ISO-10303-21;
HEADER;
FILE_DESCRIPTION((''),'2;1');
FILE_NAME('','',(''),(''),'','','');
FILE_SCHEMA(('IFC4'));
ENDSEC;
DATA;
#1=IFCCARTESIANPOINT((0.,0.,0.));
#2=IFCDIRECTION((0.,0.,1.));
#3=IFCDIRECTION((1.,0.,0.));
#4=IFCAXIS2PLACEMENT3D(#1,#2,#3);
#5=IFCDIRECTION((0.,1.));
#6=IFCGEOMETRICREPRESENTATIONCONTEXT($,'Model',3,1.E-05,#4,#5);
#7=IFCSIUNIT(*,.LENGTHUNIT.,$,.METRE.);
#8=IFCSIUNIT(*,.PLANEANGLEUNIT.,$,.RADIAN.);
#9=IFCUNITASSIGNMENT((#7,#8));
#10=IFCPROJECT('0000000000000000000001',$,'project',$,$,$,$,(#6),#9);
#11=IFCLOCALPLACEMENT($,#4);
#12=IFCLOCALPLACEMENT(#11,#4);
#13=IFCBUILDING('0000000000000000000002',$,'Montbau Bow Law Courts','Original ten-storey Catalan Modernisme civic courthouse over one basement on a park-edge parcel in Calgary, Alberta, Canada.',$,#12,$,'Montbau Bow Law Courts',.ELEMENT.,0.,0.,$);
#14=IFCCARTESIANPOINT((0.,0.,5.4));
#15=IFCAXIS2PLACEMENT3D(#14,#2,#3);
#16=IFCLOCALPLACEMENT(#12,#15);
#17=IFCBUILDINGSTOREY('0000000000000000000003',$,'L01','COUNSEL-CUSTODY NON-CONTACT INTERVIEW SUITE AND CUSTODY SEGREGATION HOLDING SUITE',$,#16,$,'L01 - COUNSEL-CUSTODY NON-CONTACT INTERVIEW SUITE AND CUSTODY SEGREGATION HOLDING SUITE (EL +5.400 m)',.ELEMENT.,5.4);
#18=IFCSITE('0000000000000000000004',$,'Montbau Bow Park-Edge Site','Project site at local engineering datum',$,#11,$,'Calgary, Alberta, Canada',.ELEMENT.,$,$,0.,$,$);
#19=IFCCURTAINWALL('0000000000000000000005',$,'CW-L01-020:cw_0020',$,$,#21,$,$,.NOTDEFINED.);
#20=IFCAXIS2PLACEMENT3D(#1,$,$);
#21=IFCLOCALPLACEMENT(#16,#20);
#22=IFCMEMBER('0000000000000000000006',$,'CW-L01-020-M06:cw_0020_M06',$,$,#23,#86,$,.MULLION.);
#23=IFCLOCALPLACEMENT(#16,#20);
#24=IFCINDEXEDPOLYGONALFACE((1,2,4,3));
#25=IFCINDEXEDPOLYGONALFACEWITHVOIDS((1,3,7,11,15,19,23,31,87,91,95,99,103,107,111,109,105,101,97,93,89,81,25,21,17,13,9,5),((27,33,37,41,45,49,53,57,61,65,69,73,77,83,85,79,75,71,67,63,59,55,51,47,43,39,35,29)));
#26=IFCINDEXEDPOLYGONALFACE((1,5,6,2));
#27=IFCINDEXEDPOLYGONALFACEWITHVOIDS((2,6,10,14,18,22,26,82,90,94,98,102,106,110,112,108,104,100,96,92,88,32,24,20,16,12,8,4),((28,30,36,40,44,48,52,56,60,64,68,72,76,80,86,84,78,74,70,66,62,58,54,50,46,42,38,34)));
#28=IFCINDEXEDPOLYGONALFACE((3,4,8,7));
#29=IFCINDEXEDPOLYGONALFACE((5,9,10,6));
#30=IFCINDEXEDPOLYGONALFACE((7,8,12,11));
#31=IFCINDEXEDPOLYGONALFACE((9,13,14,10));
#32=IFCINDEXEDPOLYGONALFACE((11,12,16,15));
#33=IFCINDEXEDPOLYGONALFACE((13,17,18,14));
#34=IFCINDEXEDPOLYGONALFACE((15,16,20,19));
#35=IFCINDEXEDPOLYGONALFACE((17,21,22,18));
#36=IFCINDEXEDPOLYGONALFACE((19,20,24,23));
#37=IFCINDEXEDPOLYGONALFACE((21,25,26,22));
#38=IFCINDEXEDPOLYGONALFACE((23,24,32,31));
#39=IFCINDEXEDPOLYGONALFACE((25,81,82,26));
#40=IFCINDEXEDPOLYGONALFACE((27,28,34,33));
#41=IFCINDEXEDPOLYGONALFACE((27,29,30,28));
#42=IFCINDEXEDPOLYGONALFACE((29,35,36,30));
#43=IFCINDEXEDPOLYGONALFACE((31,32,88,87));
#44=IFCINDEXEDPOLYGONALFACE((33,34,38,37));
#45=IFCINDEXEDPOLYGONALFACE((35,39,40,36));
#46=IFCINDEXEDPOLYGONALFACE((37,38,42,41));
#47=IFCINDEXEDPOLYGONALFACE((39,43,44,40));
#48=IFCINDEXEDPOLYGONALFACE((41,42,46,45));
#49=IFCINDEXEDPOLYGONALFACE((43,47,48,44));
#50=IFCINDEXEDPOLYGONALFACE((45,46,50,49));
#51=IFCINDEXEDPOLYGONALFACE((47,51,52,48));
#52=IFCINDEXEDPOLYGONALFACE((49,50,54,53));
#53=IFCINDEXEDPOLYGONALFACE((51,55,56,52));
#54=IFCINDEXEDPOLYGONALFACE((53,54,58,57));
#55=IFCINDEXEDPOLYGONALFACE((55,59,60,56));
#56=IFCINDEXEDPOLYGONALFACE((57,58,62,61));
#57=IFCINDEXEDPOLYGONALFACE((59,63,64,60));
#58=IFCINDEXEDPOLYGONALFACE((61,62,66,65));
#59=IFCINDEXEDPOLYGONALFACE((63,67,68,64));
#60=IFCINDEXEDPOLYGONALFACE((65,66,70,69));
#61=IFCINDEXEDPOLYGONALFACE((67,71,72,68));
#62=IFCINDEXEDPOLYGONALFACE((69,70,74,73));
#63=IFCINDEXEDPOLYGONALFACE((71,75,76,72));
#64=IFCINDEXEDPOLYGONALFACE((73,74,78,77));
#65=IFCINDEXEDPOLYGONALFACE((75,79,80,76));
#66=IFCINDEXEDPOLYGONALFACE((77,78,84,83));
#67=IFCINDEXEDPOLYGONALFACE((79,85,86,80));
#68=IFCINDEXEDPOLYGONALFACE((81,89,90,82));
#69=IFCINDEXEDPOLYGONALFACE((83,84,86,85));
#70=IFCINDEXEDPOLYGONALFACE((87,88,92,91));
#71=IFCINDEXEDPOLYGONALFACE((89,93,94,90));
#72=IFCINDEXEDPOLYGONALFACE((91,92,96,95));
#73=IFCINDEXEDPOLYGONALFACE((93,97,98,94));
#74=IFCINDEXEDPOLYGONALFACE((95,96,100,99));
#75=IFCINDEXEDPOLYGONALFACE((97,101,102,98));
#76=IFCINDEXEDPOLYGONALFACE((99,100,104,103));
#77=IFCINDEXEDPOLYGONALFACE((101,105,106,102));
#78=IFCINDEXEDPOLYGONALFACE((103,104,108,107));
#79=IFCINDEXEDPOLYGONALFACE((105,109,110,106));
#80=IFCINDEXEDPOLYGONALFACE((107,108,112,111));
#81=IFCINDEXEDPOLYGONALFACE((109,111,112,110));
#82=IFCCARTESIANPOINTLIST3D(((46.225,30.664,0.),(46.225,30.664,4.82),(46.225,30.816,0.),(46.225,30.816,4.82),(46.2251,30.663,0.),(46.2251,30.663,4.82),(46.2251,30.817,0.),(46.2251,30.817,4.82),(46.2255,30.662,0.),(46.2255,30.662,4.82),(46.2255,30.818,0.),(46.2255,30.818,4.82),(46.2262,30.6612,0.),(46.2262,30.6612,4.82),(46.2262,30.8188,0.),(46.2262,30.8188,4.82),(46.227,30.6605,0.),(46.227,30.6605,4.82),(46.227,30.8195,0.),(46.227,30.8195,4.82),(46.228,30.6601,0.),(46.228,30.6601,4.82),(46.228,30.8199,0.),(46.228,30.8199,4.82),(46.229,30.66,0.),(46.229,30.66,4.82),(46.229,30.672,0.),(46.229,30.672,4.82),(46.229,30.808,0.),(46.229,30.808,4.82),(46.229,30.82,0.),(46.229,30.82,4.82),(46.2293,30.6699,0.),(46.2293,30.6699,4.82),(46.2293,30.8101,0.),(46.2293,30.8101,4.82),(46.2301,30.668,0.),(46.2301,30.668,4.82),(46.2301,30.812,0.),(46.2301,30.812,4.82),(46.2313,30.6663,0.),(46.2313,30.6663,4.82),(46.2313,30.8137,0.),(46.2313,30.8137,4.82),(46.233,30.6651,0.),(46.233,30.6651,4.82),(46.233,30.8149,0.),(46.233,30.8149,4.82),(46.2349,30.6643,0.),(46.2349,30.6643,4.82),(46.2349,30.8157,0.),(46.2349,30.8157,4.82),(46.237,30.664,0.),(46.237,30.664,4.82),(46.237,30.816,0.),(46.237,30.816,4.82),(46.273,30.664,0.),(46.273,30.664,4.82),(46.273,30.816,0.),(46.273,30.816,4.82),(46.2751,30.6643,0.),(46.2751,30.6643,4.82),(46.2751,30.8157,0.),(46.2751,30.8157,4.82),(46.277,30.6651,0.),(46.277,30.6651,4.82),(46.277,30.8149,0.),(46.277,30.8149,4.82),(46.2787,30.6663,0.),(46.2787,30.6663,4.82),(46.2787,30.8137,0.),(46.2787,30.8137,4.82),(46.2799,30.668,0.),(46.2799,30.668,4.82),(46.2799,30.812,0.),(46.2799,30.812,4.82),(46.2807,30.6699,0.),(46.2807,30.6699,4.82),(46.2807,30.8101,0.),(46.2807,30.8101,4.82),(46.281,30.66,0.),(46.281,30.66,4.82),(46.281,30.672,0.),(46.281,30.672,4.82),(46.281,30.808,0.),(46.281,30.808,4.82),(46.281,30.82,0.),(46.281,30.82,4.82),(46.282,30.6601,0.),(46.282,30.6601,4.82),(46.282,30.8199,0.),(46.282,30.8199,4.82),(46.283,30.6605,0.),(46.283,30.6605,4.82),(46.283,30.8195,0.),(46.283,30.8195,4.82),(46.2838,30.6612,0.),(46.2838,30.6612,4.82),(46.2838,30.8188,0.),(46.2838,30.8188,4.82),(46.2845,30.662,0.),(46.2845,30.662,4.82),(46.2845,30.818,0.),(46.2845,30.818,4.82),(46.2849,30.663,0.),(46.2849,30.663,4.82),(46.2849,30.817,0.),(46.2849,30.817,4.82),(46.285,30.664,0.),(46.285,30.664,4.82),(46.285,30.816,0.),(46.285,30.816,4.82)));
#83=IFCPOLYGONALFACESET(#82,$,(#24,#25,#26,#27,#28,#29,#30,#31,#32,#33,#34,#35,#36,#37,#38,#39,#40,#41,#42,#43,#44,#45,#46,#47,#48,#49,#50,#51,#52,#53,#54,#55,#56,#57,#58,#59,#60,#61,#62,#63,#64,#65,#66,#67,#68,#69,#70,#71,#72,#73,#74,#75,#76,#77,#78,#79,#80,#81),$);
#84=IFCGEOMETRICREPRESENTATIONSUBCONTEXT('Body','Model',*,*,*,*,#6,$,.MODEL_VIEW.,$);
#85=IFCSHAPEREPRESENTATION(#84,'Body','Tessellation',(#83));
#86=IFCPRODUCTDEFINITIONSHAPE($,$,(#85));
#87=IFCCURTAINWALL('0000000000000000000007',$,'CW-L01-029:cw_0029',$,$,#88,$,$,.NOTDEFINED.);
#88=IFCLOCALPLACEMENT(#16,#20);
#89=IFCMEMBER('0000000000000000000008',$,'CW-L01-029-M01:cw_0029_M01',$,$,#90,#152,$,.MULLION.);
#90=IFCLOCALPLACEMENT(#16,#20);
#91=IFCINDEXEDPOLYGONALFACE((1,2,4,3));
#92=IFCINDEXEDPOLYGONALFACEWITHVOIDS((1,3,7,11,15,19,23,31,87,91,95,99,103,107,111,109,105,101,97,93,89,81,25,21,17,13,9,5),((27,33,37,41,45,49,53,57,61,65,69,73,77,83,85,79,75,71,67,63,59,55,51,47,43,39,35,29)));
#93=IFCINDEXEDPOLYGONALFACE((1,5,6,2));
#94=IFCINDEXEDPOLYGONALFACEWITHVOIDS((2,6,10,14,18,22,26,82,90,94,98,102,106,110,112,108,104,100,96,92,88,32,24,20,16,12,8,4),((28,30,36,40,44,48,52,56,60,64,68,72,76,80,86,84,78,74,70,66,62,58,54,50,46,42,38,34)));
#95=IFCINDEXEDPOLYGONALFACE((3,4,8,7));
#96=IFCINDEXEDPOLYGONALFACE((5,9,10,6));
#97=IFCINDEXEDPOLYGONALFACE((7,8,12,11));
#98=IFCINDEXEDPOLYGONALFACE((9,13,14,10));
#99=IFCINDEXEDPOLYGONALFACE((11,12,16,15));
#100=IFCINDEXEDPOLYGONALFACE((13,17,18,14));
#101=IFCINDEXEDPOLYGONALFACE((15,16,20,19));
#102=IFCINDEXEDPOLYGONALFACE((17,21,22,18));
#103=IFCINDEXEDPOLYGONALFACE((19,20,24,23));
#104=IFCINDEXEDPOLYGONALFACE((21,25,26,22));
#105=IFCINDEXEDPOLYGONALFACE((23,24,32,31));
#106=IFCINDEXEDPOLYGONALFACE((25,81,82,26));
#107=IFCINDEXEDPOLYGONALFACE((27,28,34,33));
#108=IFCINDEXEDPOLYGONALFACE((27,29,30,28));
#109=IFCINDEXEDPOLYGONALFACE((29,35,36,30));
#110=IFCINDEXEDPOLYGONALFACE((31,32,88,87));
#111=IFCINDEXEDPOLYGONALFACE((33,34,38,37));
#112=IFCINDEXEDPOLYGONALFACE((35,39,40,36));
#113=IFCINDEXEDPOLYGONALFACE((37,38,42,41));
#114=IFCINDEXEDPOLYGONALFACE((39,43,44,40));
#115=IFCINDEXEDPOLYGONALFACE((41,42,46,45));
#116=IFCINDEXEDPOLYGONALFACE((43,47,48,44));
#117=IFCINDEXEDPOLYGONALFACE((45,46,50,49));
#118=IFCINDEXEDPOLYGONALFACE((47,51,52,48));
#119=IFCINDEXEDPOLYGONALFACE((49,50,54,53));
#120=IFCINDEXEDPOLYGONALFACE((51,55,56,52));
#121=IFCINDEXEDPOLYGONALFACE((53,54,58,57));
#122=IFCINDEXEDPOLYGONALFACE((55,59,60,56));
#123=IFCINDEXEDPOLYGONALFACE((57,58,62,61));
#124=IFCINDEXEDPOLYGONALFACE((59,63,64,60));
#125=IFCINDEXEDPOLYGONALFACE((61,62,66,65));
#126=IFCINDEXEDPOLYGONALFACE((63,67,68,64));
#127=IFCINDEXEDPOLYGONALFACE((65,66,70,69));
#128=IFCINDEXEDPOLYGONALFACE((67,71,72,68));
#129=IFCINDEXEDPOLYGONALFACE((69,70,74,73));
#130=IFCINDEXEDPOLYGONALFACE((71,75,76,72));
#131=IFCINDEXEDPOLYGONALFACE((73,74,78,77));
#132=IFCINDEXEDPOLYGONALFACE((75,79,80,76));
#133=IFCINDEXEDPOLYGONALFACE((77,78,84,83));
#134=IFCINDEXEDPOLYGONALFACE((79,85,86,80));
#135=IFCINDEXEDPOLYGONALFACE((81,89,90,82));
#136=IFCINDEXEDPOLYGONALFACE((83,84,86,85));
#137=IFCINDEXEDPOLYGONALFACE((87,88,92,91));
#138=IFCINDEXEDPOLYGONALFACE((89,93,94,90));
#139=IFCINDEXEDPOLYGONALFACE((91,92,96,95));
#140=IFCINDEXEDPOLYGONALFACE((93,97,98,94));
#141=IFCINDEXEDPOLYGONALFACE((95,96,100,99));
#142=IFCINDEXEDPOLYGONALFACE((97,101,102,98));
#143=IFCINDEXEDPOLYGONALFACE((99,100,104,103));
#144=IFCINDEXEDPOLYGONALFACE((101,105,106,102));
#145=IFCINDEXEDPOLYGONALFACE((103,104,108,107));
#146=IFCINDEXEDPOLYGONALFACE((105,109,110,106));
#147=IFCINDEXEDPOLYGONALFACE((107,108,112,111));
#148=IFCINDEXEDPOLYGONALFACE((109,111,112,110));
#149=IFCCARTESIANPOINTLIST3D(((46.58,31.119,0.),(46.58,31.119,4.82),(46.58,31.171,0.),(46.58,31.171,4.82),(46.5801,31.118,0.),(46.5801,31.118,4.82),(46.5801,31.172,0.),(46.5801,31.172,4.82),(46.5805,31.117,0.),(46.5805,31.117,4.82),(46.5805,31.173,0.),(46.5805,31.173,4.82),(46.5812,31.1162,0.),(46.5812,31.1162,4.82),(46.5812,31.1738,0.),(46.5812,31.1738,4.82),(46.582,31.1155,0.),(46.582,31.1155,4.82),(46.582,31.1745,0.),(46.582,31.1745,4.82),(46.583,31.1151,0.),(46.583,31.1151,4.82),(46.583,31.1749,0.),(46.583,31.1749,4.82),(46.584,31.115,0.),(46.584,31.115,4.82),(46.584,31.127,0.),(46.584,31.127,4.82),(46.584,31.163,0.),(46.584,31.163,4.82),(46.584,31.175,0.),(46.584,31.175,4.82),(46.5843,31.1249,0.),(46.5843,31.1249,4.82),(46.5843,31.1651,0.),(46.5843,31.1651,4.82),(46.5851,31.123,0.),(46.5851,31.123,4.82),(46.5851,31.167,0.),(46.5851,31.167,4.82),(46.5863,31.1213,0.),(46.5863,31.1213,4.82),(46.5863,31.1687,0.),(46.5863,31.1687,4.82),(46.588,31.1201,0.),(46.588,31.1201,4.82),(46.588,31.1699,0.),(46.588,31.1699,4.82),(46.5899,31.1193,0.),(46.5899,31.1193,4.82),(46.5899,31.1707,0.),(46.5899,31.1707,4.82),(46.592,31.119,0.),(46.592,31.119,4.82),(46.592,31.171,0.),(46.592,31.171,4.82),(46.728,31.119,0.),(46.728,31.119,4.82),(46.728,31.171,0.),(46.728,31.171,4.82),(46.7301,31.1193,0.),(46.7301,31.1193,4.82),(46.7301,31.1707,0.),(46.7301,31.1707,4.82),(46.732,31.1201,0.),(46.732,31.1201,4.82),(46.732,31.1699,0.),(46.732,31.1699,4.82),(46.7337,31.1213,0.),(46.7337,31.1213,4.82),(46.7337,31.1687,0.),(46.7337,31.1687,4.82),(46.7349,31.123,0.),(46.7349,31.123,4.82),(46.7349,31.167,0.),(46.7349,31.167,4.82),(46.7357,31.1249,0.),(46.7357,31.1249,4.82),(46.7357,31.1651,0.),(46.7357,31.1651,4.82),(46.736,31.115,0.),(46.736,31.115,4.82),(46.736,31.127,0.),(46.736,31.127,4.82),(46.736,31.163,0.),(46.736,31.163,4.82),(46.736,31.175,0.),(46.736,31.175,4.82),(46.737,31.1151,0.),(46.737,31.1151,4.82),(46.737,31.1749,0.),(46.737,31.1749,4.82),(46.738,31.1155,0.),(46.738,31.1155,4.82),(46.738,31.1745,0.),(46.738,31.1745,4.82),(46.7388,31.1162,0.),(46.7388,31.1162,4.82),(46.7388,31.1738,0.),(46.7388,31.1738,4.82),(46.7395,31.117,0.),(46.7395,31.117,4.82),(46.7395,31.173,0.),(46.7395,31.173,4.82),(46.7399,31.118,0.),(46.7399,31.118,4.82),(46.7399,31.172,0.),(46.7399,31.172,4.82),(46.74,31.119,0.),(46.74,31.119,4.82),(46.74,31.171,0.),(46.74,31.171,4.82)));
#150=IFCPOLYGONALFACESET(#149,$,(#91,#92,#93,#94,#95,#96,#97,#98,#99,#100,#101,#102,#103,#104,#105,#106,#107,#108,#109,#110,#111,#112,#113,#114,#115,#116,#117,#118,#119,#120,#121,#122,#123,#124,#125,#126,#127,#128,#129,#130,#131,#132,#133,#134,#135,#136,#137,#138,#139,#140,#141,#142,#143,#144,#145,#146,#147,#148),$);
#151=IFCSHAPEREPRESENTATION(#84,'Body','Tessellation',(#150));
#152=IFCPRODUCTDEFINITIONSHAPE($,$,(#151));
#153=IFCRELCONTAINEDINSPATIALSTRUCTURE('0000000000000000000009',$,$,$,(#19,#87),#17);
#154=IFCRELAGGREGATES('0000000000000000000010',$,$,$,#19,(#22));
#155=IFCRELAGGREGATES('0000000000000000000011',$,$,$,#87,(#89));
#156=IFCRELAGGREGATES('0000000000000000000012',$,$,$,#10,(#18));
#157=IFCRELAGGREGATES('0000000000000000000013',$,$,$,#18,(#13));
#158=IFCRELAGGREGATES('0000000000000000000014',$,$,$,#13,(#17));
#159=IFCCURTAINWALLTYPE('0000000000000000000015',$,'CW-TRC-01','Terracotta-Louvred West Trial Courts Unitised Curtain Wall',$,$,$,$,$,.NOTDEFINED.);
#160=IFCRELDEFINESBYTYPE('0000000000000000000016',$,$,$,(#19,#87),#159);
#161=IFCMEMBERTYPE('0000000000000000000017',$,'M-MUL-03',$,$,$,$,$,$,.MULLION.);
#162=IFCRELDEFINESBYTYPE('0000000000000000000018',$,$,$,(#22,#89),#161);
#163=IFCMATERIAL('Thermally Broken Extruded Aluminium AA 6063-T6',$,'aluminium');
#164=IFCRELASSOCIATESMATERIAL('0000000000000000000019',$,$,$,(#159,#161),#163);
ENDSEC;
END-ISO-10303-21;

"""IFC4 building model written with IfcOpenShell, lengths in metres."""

from ifc_helpers import new_model, si_unit, direction, frame, origin_with_axes, origin_2d_with_axis, place, context, subcontext, project, spatial, hollow_rectangle, extrude, material, material_profile, profile_set, type_object, element, aggregate, save


model = new_model("IFC4")

# Units and contexts
model_context = context("Model", 3, precision=1e-05, world=origin_with_axes(), true_north=direction((0.0, 1.0)))
body_context = subcontext(model_context, "Body", "Model", "MODEL_VIEW")
ifc_project = project(units=[si_unit("LENGTHUNIT", "METRE"), si_unit("PLANEANGLEUNIT", "RADIAN")], contexts=[model_context])

# Site, building, storey
site_placement = place(None, origin_with_axes())
site = spatial("IfcSite", under=ifc_project, at=site_placement, Name="Montbau Bow Park-Edge Site", Description="Project site at local engineering datum", LongName="Calgary, Alberta, Canada", CompositionType="ELEMENT", RefElevation=0.0)
building_placement = place(site_placement, origin_with_axes())
building = spatial("IfcBuilding", under=site, at=building_placement, Name="Montbau Bow Law Courts", Description="Original ten-storey Catalan Modernisme civic courthouse over one basement on a park-edge parcel in Calgary, Alberta, Canada.", LongName="Montbau Bow Law Courts", CompositionType="ELEMENT", ElevationOfRefHeight=0.0, ElevationOfTerrain=0.0)
storey_placement = place(building_placement, frame((0.0, 0.0, 5.4), z_axis=(0.0, 0.0, 1.0), x_axis=(1.0, 0.0, 0.0)))
storey = spatial("IfcBuildingStorey", under=building, at=storey_placement, Name="L01", Description="COUNSEL-CUSTODY NON-CONTACT INTERVIEW SUITE AND CUSTODY SEGREGATION HOLDING SUITE", LongName="L01 - COUNSEL-CUSTODY NON-CONTACT INTERVIEW SUITE AND CUSTODY SEGREGATION HOLDING SUITE (EL +5.400 m)", CompositionType="ELEMENT", Elevation=5.4)

# Curtain walls, members
ifc_material_1 = material(Name="Thermally Broken Extruded Aluminium AA 6063-T6", Category="aluminium")
curtain_wall_type = type_object("IfcCurtainWallType", Name="CW-TRC-01", Description="Terracotta-Louvred West Trial Courts Unitised Curtain Wall", PredefinedType="NOTDEFINED", material=ifc_material_1)
curtain_wall_1_placement = place(None, frame((39.515, 30.74, 5.4), z_axis=(0.0, 0.0, 1.0), x_axis=(1.0, 0.0, 0.0)))
curtain_wall_1 = element("IfcCurtainWall", 1, at=curtain_wall_1_placement, inside=storey, type_object=curtain_wall_type, Name="CW-L01-020:cw_0020", PredefinedType="NOTDEFINED")
ifc_material_profile_1 = material_profile(ifc_material_1, hollow_rectangle(XDim=0.06, YDim=0.16, WallThickness=0.004, InnerFilletRadius=0.008, OuterFilletRadius=0.004, at=origin_2d_with_axis()), Name="CWM-160X60", Category="Main", Priority=0)
ifc_profile_set_1 = profile_set([ifc_material_profile_1], Name="Thermally Broken Extruded Aluminium AA 6063-T6")
member_type_1 = type_object("IfcMemberType", Name="M-MUL-03", PredefinedType="MULLION", material=ifc_profile_set_1)
member_1_placement = place(None, frame((46.255, 30.74, 5.4), z_axis=(0.0, 0.0, 1.0), x_axis=(1.0, 0.0, 0.0)))
member_1 = element("IfcMember", 2, at=member_1_placement, type_object=member_type_1, Name="CW-L01-020-M06:cw_0020_M06", PredefinedType="MULLION", context=body_context, shape_type="SweptSolid", body=[
    extrude(hollow_rectangle(XDim=0.06, YDim=0.16, WallThickness=0.004, InnerFilletRadius=0.008, OuterFilletRadius=0.004, at=origin_2d_with_axis()), origin_with_axes(), (0.0, 0.0, 1.0), 4.82),
])
curtain_wall_2_placement = place(None, frame((46.66, 31.115, 5.4), z_axis=(0.0, 0.0, 1.0), x_axis=(1.0, 0.0, 0.0)))
curtain_wall_2 = element("IfcCurtainWall", 3, at=curtain_wall_2_placement, inside=storey, type_object=curtain_wall_type, Name="CW-L01-029:cw_0029", PredefinedType="NOTDEFINED")
member_2_placement = place(None, frame((46.66, 31.145, 5.4), z_axis=(0.0, 0.0, 1.0), x_axis=(0.0, 1.0, 0.0)))
member_2 = element("IfcMember", 4, at=member_2_placement, type_object=member_type_1, Name="CW-L01-029-M01:cw_0029_M01", PredefinedType="MULLION", context=body_context, shape_type="SweptSolid", body=[
    extrude(hollow_rectangle(XDim=0.06, YDim=0.16, WallThickness=0.004, InnerFilletRadius=0.008, OuterFilletRadius=0.004, at=origin_2d_with_axis()), origin_with_axes(), (0.0, 0.0, 1.0), 4.82),
])

aggregate(curtain_wall_1, [member_1])
aggregate(curtain_wall_2, [member_2])

save(model, "model.ifc")
